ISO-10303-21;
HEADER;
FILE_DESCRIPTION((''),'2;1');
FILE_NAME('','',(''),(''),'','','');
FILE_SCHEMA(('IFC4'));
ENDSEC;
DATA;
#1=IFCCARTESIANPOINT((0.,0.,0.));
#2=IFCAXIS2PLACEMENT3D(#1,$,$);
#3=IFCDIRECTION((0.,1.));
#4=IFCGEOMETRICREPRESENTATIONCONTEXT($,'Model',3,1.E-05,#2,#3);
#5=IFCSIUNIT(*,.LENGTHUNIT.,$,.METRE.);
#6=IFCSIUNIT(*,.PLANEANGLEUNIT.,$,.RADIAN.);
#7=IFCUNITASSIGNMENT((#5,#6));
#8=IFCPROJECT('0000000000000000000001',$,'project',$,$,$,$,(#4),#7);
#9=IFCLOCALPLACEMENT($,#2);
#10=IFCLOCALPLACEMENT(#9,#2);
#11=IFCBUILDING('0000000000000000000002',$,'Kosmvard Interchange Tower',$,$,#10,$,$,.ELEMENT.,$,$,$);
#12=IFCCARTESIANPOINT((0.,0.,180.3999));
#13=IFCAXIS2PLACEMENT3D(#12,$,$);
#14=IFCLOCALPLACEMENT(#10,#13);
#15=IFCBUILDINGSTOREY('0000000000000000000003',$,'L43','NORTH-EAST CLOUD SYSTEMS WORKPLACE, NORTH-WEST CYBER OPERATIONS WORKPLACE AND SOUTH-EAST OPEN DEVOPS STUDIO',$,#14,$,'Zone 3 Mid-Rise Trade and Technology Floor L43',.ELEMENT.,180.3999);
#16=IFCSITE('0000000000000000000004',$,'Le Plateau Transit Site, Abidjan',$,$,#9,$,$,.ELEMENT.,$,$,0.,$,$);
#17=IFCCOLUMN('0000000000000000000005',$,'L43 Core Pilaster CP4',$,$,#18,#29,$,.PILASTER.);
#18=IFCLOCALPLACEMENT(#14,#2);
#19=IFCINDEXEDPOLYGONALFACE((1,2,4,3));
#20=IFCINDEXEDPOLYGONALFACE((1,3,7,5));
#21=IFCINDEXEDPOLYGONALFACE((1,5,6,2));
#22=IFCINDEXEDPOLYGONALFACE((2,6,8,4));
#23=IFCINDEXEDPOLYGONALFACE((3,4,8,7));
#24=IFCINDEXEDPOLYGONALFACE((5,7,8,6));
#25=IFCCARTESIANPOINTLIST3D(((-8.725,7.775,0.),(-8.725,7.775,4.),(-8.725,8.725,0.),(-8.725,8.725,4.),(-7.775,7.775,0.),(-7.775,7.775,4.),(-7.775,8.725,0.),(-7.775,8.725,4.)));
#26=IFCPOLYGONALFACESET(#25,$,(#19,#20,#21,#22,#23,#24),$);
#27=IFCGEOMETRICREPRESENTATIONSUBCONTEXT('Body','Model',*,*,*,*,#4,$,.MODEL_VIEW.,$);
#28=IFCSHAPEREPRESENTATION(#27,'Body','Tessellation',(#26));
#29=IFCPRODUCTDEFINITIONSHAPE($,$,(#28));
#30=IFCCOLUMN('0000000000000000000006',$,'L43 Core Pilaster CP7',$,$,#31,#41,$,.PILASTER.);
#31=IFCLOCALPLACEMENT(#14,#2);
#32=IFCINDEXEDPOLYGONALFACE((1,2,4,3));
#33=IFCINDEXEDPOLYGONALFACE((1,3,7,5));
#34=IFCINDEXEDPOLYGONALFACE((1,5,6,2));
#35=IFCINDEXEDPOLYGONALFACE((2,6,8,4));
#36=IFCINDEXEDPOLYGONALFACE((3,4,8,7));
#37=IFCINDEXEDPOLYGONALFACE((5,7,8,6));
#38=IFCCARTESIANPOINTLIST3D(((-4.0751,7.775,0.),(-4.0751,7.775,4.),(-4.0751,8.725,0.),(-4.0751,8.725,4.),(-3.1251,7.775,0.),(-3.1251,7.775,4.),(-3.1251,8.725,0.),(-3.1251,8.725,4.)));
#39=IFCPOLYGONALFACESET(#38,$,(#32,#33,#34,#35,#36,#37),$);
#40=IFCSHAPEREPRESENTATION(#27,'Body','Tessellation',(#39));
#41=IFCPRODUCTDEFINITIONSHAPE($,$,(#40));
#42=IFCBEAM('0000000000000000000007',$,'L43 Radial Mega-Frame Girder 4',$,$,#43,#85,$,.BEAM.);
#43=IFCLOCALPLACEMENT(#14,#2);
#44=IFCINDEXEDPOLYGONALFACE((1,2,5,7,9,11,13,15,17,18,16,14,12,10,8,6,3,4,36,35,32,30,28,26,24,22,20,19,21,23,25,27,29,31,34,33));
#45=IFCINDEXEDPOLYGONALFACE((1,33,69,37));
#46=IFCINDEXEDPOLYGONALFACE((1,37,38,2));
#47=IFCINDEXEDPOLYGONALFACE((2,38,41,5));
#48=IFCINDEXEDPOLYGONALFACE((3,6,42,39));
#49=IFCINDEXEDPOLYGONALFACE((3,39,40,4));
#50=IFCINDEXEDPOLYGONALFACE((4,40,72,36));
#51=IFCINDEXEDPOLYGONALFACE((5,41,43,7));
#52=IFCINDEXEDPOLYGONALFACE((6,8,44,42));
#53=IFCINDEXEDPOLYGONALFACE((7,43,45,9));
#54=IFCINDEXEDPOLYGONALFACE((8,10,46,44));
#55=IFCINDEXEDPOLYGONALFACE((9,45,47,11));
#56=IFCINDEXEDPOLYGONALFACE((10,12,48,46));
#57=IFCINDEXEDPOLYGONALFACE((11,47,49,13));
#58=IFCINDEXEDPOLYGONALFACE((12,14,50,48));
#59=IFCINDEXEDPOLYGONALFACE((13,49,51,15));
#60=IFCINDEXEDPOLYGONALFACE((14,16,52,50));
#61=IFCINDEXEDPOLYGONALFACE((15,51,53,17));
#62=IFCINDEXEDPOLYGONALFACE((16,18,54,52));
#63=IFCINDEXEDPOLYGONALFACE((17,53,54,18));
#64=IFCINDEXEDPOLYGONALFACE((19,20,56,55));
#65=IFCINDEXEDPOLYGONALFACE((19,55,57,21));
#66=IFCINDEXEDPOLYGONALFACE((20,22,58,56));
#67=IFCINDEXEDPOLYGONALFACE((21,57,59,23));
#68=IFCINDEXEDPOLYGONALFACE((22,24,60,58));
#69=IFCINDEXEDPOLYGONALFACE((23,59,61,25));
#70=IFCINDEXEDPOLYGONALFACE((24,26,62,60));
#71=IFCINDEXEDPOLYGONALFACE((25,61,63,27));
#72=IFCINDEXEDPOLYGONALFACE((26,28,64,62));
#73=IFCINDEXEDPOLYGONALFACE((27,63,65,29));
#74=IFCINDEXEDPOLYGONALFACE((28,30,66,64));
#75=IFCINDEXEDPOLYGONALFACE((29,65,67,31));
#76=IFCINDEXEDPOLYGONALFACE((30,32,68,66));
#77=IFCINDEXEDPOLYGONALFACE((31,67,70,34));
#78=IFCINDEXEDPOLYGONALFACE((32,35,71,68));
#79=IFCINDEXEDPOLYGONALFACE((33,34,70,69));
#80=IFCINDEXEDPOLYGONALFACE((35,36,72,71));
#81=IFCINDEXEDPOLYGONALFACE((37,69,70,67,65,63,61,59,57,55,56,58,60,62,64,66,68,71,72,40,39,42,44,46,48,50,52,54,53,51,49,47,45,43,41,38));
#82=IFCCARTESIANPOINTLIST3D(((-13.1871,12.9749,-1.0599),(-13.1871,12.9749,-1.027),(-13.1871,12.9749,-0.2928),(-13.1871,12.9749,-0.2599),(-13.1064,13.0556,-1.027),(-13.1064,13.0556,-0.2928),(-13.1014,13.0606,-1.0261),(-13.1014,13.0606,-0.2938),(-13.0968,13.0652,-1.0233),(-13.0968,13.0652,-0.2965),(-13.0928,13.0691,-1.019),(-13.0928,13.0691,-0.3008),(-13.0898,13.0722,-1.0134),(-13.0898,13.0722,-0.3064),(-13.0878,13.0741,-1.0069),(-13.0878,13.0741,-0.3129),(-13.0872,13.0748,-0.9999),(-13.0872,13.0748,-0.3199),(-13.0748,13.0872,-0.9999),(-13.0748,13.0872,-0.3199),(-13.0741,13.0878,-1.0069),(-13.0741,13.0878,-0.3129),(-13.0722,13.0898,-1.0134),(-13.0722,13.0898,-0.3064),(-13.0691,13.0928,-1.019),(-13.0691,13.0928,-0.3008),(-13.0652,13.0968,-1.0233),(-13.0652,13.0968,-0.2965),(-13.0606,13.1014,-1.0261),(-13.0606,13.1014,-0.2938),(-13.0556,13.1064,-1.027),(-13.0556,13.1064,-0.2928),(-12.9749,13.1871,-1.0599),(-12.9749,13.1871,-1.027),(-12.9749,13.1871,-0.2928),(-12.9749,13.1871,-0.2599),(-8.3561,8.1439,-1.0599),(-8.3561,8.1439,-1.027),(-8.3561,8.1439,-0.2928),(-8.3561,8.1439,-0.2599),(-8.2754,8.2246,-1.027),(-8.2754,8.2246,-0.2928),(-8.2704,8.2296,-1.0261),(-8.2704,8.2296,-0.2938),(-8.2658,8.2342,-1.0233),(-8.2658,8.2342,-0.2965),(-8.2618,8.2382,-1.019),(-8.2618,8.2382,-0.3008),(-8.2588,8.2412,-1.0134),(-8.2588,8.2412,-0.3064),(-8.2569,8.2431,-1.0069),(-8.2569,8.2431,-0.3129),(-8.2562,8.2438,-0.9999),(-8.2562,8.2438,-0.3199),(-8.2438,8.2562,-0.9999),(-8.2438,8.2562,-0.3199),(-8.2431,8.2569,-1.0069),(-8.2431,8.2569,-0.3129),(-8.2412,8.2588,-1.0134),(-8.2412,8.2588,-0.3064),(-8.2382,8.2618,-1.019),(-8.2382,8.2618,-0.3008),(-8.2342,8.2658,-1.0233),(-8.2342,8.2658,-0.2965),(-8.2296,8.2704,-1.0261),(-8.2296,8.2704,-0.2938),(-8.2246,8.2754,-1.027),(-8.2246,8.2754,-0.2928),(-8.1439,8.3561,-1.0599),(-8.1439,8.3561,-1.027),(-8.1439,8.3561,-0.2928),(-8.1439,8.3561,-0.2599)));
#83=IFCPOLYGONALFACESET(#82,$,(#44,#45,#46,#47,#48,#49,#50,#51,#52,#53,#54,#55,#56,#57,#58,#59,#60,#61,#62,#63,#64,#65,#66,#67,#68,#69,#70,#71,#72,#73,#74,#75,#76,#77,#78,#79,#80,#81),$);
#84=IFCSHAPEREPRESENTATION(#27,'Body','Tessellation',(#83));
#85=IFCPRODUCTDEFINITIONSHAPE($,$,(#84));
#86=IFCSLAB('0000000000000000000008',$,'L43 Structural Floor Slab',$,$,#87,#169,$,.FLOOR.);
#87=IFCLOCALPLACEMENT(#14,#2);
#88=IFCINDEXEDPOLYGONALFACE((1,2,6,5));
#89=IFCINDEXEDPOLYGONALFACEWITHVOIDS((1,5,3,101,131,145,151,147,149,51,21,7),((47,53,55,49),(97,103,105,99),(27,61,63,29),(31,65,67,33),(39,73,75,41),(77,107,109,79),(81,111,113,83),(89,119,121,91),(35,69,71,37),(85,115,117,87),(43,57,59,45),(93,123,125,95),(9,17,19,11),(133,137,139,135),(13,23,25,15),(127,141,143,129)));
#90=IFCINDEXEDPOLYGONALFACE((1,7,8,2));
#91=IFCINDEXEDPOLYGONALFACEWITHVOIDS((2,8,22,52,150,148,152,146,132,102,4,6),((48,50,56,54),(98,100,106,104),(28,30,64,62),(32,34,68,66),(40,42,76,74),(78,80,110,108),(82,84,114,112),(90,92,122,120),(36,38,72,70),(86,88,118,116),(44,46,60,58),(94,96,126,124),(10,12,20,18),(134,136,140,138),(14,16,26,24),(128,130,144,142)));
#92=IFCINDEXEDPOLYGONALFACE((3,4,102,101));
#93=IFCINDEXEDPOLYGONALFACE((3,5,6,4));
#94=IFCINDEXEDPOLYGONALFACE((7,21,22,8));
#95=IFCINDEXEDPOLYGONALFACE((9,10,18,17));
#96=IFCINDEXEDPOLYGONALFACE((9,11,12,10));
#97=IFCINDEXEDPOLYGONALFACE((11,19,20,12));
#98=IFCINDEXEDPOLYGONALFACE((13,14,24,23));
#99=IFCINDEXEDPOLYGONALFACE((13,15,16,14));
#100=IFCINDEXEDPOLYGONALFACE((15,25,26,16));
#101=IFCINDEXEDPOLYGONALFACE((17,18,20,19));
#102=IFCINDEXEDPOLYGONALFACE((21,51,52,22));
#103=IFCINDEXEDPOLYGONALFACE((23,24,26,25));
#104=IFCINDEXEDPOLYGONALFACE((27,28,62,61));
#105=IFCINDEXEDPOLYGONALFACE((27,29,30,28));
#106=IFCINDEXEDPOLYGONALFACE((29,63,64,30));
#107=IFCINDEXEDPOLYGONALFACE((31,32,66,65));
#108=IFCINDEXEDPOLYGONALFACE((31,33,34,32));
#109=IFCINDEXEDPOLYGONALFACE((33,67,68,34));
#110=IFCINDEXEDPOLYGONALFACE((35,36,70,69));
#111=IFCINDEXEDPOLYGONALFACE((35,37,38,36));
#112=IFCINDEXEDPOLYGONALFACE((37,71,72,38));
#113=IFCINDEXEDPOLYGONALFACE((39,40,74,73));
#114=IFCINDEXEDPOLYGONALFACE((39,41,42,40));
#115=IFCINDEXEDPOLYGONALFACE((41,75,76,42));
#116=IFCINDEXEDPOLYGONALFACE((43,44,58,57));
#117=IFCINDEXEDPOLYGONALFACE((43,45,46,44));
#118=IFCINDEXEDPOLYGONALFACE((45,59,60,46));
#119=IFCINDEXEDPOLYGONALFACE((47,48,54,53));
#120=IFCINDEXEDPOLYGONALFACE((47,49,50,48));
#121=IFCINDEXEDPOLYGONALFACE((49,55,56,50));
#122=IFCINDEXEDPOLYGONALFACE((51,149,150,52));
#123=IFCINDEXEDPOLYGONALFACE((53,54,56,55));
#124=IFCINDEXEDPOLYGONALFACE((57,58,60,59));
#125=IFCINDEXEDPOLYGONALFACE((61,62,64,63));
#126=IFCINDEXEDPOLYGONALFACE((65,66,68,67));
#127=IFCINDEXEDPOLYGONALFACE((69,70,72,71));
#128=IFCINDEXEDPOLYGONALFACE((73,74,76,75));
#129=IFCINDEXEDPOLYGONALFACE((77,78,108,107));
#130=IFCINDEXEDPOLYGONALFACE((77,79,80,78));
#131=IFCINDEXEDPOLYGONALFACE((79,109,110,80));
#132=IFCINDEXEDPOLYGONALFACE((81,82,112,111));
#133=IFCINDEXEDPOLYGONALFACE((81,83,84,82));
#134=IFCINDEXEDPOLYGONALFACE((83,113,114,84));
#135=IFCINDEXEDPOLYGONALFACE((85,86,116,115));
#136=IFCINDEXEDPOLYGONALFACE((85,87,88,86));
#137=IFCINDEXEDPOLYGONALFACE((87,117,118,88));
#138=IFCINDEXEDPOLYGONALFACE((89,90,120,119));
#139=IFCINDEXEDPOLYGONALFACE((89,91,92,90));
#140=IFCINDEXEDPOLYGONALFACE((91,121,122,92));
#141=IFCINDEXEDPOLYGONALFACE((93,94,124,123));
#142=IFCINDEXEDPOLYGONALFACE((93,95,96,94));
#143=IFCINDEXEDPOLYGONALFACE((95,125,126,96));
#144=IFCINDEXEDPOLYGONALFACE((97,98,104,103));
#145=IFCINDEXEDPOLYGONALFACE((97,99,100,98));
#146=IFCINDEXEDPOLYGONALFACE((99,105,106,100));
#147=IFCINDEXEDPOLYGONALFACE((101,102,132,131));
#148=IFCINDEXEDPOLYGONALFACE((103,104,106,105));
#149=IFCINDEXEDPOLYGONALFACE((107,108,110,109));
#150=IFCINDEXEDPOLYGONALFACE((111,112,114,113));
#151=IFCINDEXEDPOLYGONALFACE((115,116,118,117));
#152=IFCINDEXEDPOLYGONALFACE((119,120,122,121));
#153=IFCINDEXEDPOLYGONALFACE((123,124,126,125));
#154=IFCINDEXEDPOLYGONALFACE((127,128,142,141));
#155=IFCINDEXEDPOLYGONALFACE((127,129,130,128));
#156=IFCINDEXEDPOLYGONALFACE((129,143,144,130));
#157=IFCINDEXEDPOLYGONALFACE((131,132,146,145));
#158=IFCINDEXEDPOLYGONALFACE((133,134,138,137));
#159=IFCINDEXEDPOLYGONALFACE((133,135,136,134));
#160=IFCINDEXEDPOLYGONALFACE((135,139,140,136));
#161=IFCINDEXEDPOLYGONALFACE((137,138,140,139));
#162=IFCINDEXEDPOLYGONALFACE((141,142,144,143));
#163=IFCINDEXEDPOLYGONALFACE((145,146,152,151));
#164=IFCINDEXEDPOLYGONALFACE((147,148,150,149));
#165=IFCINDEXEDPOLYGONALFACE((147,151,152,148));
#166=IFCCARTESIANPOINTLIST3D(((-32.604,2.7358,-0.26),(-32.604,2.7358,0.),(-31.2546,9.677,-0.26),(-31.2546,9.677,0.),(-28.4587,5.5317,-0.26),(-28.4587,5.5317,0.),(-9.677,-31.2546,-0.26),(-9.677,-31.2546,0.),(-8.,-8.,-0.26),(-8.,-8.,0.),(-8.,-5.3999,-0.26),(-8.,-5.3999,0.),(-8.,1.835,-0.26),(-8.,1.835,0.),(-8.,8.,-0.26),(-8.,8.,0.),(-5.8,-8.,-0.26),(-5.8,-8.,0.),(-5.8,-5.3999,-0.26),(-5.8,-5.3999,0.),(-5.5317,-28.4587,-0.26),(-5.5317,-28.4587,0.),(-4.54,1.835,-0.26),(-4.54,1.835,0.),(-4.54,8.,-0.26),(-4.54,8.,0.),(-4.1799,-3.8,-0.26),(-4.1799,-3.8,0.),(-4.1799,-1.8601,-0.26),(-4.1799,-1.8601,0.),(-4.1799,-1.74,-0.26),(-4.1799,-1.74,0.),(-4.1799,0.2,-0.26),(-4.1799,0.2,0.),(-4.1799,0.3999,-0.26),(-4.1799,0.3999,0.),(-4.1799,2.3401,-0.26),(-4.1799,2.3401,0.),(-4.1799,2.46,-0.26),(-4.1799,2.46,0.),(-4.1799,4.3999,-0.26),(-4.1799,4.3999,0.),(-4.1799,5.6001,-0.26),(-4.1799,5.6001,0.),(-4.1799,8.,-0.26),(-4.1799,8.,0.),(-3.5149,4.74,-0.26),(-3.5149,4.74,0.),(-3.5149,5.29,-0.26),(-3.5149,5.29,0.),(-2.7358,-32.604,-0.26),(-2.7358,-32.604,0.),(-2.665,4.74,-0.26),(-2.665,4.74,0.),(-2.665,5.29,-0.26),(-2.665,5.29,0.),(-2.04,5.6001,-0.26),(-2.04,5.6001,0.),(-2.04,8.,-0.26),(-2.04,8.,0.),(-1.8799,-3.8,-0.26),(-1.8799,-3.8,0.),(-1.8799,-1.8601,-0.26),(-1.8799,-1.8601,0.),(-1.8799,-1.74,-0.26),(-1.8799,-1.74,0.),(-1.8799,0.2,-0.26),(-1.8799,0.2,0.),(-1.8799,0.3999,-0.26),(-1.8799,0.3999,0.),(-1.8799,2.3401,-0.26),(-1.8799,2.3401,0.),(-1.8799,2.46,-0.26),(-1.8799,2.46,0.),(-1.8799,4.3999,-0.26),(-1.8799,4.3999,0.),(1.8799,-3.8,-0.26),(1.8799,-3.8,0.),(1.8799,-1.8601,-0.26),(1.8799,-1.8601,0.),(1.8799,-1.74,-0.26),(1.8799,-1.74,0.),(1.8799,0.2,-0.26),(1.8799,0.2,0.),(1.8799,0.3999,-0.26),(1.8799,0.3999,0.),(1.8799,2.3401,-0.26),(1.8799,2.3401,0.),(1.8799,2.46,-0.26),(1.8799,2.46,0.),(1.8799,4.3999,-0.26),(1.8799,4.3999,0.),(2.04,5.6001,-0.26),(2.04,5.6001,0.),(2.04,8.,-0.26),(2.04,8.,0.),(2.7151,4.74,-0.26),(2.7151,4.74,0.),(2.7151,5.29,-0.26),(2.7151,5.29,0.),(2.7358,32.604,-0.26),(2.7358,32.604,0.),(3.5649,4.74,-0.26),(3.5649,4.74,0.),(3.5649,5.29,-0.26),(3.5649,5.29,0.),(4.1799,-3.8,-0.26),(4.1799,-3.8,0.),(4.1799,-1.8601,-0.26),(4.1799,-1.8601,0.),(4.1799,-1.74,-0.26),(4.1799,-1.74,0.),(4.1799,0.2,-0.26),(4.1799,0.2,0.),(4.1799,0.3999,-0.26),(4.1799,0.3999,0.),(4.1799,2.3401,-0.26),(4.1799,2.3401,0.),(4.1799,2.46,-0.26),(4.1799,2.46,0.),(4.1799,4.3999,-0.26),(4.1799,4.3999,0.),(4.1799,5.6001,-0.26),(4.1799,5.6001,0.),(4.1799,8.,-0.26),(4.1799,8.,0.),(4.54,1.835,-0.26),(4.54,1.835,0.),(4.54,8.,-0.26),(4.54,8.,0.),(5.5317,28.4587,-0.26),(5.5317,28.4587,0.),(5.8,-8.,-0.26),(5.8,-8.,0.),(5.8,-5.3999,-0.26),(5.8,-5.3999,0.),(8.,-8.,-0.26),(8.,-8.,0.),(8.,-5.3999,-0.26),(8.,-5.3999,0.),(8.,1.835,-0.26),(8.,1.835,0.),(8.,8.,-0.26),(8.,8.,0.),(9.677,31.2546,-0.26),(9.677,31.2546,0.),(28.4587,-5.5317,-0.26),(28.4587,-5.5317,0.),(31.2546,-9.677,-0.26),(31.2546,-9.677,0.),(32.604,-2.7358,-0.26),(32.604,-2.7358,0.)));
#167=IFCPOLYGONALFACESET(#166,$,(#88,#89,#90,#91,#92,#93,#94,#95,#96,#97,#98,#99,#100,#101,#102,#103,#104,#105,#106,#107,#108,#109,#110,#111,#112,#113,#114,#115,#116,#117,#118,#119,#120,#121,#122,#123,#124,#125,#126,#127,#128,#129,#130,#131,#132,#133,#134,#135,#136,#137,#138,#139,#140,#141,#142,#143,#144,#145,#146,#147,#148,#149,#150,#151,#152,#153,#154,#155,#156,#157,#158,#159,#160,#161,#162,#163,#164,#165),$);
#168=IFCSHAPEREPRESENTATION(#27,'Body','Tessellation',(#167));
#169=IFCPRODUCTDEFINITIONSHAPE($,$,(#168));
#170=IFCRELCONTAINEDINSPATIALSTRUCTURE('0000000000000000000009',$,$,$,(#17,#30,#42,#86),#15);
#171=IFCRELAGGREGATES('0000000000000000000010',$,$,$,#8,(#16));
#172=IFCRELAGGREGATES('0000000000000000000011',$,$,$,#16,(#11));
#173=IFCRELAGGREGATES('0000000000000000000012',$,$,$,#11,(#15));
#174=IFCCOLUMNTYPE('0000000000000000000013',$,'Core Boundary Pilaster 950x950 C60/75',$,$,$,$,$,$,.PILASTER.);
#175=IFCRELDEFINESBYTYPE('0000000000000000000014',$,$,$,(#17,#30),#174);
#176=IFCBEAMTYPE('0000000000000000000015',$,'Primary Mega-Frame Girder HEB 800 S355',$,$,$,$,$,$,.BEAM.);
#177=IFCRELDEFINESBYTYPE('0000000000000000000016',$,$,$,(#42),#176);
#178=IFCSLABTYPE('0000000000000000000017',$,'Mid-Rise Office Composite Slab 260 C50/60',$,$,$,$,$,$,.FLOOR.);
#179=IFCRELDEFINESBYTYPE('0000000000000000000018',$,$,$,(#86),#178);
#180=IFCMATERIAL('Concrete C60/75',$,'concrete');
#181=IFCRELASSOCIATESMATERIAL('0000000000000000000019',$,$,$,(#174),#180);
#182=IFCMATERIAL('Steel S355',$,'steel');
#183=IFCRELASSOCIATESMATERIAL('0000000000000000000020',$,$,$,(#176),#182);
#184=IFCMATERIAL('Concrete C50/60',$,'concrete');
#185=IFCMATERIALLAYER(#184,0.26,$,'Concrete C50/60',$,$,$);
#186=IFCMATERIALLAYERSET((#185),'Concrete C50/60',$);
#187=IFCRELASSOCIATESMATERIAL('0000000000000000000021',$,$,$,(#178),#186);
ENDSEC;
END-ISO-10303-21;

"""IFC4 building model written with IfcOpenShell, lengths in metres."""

from ifc_helpers import new_model, si_unit, direction, frame, origin, origin_2d, place, context, subcontext, project, spatial, polyline, rectangle, i_section, outline, extrude, source, transform, mapped, material, layer, layer_set, material_profile, profile_set, type_object, element, save


model = new_model("IFC4")

# Units and contexts
model_context = context("Model", 3, precision=1e-05, world=origin(), true_north=direction((0.0, 1.0)))
body_context = subcontext(model_context, "Body", "Model", "MODEL_VIEW")
ifc_project = project(units=[si_unit("LENGTHUNIT", "METRE"), si_unit("PLANEANGLEUNIT", "RADIAN")], contexts=[model_context])

# Site, building, storey
site_placement = place(None, origin())
site = spatial("IfcSite", under=ifc_project, at=site_placement, Name="Le Plateau Transit Site, Abidjan", CompositionType="ELEMENT", RefElevation=0.0)
building_placement = place(site_placement, origin())
building = spatial("IfcBuilding", under=site, at=building_placement, Name="Kosmvard Interchange Tower", CompositionType="ELEMENT")
storey_placement = place(building_placement, frame((0.0, 0.0, 180.3999)))
storey = spatial("IfcBuildingStorey", under=building, at=storey_placement, Name="L43", Description="NORTH-EAST CLOUD SYSTEMS WORKPLACE, NORTH-WEST CYBER OPERATIONS WORKPLACE AND SOUTH-EAST OPEN DEVOPS STUDIO", LongName="Zone 3 Mid-Rise Trade and Technology Floor L43", CompositionType="ELEMENT", Elevation=180.3999)

# Columns
ifc_material_1 = material(Name="Concrete C60/75", Category="concrete")
ifc_material_profile_1 = material_profile(ifc_material_1, rectangle(XDim=0.95, YDim=0.95, at=origin_2d()), Name="CP 950x950")
ifc_profile_set_1 = profile_set([ifc_material_profile_1], Name="Concrete C60/75")
column_type = type_object("IfcColumnType", Name="Core Boundary Pilaster 950x950 C60/75", PredefinedType="PILASTER", material=ifc_profile_set_1)
shared_shape_1 = source(origin(), body_context, "Body", "SweptSolid", [
    extrude(rectangle(XDim=0.95, YDim=0.95, at=origin_2d()), origin(), (0.0, 0.0, 1.0), 4.0),
])
for number, where, z_axis, x_axis, name in (
    (1, (-8.25, 8.25, 0.0), (0.0, 0.0, 1.0), (1.0, 0.0, 0.0), "L43 Core Pilaster CP4"),
    (2, (-3.6001, 8.25, 0.0), (0.0, 0.0, 1.0), (1.0, 0.0, 0.0), "L43 Core Pilaster CP7"),
):
    element("IfcColumn", number, at=place(storey_placement, frame(where, z_axis=z_axis, x_axis=x_axis)), inside=storey, type_object=column_type, Name=name, PredefinedType="PILASTER", context=body_context, shape_type="MappedRepresentation", body=[
        mapped(shared_shape_1, transform((0.0, 0.0, 0.0), scale=1.0)),
    ])

# Beam
ifc_material_2 = material(Name="Steel S355", Category="steel")
ifc_material_profile_2 = material_profile(ifc_material_2, i_section(OverallWidth=0.3, OverallDepth=0.8, WebThickness=0.0176, FlangeThickness=0.033, FilletRadius=0.0271, at=origin_2d()), Name="HEB 800")
ifc_profile_set_2 = profile_set([ifc_material_profile_2], Name="Steel S355")
beam_type = type_object("IfcBeamType", Name="Primary Mega-Frame Girder HEB 800 S355", PredefinedType="BEAM", material=ifc_profile_set_2)
shared_shape_2 = source(origin(), body_context, "Body", "SweptSolid", [
    extrude(i_section(OverallWidth=0.3, OverallDepth=0.8, WebThickness=0.0176, FlangeThickness=0.033, FilletRadius=0.0271, at=origin_2d()), origin(), (0.0, 0.0, 1.0), 6.832),
])
beam_placement = place(storey_placement, frame((-8.25, 8.25, -0.6599), z_axis=(-0.707107, 0.707107, 0.0), x_axis=(-0.707107, -0.707107, 0.0)))
element("IfcBeam", 3, at=beam_placement, inside=storey, type_object=beam_type, Name="L43 Radial Mega-Frame Girder 4", PredefinedType="BEAM", context=body_context, shape_type="MappedRepresentation", body=[
    mapped(shared_shape_2, transform((0.0, 0.0, 0.0), scale=1.0)),
])

# Slab
ifc_material_3 = material(Name="Concrete C50/60", Category="concrete")
ifc_layer_1 = layer(ifc_material_3, 0.26, Name="Concrete C50/60")
ifc_layer_set_1 = layer_set([ifc_layer_1], Name="Concrete C50/60")
slab_type = type_object("IfcSlabType", Name="Mid-Rise Office Composite Slab 260 C50/60", PredefinedType="FLOOR", material=ifc_layer_set_1)
slab_placement = place(storey_placement, frame((0.0, 0.0, -0.26)))
element("IfcSlab", 4, at=slab_placement, inside=storey, type_object=slab_type, Name="L43 Structural Floor Slab", PredefinedType="FLOOR", context=body_context, shape_type="SweptSolid", body=[
    extrude(outline(polyline([(-2.7358, -32.604), (31.2546, -9.677), (28.4587, -5.5317), (32.604, -2.7358), (9.677, 31.2546), (5.5317, 28.4587), (2.7358, 32.604), (-31.2546, 9.677), (-28.4587, 5.5317), (-32.604, 2.7358), (-9.677, -31.2546), (-5.5317, -28.4587), (-2.7358, -32.604)]), holes=[polyline([(-8.0, 1.835), (-4.54, 1.835), (-4.54, 8.0), (-8.0, 8.0), (-8.0, 1.835)]), polyline([(4.54, 1.835), (8.0, 1.835), (8.0, 8.0), (4.54, 8.0), (4.54, 1.835)]), polyline([(-8.0, -8.0), (-5.8, -8.0), (-5.8, -5.3999), (-8.0, -5.3999), (-8.0, -8.0)]), polyline([(5.8, -8.0), (8.0, -8.0), (8.0, -5.3999), (5.8, -5.3999), (5.8, -8.0)]), polyline([(-4.1799, -3.8), (-1.8799, -3.8), (-1.8799, -1.8601), (-4.1799, -1.8601), (-4.1799, -3.8)]), polyline([(-4.1799, -1.74), (-1.8799, -1.74), (-1.8799, 0.2), (-4.1799, 0.2), (-4.1799, -1.74)]), polyline([(1.8799, -3.8), (4.1799, -3.8), (4.1799, -1.8601), (1.8799, -1.8601), (1.8799, -3.8)]), polyline([(1.8799, -1.74), (4.1799, -1.74), (4.1799, 0.2), (1.8799, 0.2), (1.8799, -1.74)]), polyline([(-4.1799, 0.3999), (-1.8799, 0.3999), (-1.8799, 2.3401), (-4.1799, 2.3401), (-4.1799, 0.3999)]), polyline([(-4.1799, 2.46), (-1.8799, 2.46), (-1.8799, 4.3999), (-4.1799, 4.3999), (-4.1799, 2.46)]), polyline([(1.8799, 0.3999), (4.1799, 0.3999), (4.1799, 2.3401), (1.8799, 2.3401), (1.8799, 0.3999)]), polyline([(1.8799, 2.46), (4.1799, 2.46), (4.1799, 4.3999), (1.8799, 4.3999), (1.8799, 2.46)]), polyline([(-4.1799, 5.6001), (-2.04, 5.6001), (-2.04, 8.0), (-4.1799, 8.0), (-4.1799, 5.6001)]), polyline([(2.04, 5.6001), (4.1799, 5.6001), (4.1799, 8.0), (2.04, 8.0), (2.04, 5.6001)]), polyline([(-3.5149, 4.74), (-2.665, 4.74), (-2.665, 5.29), (-3.5149, 5.29), (-3.5149, 4.74)]), polyline([(2.7151, 4.74), (3.5649, 4.74), (3.5649, 5.29), (2.7151, 5.29), (2.7151, 4.74)])]), origin(), (0.0, 0.0, 1.0), 0.26),
])

save(model, "model.ifc")
